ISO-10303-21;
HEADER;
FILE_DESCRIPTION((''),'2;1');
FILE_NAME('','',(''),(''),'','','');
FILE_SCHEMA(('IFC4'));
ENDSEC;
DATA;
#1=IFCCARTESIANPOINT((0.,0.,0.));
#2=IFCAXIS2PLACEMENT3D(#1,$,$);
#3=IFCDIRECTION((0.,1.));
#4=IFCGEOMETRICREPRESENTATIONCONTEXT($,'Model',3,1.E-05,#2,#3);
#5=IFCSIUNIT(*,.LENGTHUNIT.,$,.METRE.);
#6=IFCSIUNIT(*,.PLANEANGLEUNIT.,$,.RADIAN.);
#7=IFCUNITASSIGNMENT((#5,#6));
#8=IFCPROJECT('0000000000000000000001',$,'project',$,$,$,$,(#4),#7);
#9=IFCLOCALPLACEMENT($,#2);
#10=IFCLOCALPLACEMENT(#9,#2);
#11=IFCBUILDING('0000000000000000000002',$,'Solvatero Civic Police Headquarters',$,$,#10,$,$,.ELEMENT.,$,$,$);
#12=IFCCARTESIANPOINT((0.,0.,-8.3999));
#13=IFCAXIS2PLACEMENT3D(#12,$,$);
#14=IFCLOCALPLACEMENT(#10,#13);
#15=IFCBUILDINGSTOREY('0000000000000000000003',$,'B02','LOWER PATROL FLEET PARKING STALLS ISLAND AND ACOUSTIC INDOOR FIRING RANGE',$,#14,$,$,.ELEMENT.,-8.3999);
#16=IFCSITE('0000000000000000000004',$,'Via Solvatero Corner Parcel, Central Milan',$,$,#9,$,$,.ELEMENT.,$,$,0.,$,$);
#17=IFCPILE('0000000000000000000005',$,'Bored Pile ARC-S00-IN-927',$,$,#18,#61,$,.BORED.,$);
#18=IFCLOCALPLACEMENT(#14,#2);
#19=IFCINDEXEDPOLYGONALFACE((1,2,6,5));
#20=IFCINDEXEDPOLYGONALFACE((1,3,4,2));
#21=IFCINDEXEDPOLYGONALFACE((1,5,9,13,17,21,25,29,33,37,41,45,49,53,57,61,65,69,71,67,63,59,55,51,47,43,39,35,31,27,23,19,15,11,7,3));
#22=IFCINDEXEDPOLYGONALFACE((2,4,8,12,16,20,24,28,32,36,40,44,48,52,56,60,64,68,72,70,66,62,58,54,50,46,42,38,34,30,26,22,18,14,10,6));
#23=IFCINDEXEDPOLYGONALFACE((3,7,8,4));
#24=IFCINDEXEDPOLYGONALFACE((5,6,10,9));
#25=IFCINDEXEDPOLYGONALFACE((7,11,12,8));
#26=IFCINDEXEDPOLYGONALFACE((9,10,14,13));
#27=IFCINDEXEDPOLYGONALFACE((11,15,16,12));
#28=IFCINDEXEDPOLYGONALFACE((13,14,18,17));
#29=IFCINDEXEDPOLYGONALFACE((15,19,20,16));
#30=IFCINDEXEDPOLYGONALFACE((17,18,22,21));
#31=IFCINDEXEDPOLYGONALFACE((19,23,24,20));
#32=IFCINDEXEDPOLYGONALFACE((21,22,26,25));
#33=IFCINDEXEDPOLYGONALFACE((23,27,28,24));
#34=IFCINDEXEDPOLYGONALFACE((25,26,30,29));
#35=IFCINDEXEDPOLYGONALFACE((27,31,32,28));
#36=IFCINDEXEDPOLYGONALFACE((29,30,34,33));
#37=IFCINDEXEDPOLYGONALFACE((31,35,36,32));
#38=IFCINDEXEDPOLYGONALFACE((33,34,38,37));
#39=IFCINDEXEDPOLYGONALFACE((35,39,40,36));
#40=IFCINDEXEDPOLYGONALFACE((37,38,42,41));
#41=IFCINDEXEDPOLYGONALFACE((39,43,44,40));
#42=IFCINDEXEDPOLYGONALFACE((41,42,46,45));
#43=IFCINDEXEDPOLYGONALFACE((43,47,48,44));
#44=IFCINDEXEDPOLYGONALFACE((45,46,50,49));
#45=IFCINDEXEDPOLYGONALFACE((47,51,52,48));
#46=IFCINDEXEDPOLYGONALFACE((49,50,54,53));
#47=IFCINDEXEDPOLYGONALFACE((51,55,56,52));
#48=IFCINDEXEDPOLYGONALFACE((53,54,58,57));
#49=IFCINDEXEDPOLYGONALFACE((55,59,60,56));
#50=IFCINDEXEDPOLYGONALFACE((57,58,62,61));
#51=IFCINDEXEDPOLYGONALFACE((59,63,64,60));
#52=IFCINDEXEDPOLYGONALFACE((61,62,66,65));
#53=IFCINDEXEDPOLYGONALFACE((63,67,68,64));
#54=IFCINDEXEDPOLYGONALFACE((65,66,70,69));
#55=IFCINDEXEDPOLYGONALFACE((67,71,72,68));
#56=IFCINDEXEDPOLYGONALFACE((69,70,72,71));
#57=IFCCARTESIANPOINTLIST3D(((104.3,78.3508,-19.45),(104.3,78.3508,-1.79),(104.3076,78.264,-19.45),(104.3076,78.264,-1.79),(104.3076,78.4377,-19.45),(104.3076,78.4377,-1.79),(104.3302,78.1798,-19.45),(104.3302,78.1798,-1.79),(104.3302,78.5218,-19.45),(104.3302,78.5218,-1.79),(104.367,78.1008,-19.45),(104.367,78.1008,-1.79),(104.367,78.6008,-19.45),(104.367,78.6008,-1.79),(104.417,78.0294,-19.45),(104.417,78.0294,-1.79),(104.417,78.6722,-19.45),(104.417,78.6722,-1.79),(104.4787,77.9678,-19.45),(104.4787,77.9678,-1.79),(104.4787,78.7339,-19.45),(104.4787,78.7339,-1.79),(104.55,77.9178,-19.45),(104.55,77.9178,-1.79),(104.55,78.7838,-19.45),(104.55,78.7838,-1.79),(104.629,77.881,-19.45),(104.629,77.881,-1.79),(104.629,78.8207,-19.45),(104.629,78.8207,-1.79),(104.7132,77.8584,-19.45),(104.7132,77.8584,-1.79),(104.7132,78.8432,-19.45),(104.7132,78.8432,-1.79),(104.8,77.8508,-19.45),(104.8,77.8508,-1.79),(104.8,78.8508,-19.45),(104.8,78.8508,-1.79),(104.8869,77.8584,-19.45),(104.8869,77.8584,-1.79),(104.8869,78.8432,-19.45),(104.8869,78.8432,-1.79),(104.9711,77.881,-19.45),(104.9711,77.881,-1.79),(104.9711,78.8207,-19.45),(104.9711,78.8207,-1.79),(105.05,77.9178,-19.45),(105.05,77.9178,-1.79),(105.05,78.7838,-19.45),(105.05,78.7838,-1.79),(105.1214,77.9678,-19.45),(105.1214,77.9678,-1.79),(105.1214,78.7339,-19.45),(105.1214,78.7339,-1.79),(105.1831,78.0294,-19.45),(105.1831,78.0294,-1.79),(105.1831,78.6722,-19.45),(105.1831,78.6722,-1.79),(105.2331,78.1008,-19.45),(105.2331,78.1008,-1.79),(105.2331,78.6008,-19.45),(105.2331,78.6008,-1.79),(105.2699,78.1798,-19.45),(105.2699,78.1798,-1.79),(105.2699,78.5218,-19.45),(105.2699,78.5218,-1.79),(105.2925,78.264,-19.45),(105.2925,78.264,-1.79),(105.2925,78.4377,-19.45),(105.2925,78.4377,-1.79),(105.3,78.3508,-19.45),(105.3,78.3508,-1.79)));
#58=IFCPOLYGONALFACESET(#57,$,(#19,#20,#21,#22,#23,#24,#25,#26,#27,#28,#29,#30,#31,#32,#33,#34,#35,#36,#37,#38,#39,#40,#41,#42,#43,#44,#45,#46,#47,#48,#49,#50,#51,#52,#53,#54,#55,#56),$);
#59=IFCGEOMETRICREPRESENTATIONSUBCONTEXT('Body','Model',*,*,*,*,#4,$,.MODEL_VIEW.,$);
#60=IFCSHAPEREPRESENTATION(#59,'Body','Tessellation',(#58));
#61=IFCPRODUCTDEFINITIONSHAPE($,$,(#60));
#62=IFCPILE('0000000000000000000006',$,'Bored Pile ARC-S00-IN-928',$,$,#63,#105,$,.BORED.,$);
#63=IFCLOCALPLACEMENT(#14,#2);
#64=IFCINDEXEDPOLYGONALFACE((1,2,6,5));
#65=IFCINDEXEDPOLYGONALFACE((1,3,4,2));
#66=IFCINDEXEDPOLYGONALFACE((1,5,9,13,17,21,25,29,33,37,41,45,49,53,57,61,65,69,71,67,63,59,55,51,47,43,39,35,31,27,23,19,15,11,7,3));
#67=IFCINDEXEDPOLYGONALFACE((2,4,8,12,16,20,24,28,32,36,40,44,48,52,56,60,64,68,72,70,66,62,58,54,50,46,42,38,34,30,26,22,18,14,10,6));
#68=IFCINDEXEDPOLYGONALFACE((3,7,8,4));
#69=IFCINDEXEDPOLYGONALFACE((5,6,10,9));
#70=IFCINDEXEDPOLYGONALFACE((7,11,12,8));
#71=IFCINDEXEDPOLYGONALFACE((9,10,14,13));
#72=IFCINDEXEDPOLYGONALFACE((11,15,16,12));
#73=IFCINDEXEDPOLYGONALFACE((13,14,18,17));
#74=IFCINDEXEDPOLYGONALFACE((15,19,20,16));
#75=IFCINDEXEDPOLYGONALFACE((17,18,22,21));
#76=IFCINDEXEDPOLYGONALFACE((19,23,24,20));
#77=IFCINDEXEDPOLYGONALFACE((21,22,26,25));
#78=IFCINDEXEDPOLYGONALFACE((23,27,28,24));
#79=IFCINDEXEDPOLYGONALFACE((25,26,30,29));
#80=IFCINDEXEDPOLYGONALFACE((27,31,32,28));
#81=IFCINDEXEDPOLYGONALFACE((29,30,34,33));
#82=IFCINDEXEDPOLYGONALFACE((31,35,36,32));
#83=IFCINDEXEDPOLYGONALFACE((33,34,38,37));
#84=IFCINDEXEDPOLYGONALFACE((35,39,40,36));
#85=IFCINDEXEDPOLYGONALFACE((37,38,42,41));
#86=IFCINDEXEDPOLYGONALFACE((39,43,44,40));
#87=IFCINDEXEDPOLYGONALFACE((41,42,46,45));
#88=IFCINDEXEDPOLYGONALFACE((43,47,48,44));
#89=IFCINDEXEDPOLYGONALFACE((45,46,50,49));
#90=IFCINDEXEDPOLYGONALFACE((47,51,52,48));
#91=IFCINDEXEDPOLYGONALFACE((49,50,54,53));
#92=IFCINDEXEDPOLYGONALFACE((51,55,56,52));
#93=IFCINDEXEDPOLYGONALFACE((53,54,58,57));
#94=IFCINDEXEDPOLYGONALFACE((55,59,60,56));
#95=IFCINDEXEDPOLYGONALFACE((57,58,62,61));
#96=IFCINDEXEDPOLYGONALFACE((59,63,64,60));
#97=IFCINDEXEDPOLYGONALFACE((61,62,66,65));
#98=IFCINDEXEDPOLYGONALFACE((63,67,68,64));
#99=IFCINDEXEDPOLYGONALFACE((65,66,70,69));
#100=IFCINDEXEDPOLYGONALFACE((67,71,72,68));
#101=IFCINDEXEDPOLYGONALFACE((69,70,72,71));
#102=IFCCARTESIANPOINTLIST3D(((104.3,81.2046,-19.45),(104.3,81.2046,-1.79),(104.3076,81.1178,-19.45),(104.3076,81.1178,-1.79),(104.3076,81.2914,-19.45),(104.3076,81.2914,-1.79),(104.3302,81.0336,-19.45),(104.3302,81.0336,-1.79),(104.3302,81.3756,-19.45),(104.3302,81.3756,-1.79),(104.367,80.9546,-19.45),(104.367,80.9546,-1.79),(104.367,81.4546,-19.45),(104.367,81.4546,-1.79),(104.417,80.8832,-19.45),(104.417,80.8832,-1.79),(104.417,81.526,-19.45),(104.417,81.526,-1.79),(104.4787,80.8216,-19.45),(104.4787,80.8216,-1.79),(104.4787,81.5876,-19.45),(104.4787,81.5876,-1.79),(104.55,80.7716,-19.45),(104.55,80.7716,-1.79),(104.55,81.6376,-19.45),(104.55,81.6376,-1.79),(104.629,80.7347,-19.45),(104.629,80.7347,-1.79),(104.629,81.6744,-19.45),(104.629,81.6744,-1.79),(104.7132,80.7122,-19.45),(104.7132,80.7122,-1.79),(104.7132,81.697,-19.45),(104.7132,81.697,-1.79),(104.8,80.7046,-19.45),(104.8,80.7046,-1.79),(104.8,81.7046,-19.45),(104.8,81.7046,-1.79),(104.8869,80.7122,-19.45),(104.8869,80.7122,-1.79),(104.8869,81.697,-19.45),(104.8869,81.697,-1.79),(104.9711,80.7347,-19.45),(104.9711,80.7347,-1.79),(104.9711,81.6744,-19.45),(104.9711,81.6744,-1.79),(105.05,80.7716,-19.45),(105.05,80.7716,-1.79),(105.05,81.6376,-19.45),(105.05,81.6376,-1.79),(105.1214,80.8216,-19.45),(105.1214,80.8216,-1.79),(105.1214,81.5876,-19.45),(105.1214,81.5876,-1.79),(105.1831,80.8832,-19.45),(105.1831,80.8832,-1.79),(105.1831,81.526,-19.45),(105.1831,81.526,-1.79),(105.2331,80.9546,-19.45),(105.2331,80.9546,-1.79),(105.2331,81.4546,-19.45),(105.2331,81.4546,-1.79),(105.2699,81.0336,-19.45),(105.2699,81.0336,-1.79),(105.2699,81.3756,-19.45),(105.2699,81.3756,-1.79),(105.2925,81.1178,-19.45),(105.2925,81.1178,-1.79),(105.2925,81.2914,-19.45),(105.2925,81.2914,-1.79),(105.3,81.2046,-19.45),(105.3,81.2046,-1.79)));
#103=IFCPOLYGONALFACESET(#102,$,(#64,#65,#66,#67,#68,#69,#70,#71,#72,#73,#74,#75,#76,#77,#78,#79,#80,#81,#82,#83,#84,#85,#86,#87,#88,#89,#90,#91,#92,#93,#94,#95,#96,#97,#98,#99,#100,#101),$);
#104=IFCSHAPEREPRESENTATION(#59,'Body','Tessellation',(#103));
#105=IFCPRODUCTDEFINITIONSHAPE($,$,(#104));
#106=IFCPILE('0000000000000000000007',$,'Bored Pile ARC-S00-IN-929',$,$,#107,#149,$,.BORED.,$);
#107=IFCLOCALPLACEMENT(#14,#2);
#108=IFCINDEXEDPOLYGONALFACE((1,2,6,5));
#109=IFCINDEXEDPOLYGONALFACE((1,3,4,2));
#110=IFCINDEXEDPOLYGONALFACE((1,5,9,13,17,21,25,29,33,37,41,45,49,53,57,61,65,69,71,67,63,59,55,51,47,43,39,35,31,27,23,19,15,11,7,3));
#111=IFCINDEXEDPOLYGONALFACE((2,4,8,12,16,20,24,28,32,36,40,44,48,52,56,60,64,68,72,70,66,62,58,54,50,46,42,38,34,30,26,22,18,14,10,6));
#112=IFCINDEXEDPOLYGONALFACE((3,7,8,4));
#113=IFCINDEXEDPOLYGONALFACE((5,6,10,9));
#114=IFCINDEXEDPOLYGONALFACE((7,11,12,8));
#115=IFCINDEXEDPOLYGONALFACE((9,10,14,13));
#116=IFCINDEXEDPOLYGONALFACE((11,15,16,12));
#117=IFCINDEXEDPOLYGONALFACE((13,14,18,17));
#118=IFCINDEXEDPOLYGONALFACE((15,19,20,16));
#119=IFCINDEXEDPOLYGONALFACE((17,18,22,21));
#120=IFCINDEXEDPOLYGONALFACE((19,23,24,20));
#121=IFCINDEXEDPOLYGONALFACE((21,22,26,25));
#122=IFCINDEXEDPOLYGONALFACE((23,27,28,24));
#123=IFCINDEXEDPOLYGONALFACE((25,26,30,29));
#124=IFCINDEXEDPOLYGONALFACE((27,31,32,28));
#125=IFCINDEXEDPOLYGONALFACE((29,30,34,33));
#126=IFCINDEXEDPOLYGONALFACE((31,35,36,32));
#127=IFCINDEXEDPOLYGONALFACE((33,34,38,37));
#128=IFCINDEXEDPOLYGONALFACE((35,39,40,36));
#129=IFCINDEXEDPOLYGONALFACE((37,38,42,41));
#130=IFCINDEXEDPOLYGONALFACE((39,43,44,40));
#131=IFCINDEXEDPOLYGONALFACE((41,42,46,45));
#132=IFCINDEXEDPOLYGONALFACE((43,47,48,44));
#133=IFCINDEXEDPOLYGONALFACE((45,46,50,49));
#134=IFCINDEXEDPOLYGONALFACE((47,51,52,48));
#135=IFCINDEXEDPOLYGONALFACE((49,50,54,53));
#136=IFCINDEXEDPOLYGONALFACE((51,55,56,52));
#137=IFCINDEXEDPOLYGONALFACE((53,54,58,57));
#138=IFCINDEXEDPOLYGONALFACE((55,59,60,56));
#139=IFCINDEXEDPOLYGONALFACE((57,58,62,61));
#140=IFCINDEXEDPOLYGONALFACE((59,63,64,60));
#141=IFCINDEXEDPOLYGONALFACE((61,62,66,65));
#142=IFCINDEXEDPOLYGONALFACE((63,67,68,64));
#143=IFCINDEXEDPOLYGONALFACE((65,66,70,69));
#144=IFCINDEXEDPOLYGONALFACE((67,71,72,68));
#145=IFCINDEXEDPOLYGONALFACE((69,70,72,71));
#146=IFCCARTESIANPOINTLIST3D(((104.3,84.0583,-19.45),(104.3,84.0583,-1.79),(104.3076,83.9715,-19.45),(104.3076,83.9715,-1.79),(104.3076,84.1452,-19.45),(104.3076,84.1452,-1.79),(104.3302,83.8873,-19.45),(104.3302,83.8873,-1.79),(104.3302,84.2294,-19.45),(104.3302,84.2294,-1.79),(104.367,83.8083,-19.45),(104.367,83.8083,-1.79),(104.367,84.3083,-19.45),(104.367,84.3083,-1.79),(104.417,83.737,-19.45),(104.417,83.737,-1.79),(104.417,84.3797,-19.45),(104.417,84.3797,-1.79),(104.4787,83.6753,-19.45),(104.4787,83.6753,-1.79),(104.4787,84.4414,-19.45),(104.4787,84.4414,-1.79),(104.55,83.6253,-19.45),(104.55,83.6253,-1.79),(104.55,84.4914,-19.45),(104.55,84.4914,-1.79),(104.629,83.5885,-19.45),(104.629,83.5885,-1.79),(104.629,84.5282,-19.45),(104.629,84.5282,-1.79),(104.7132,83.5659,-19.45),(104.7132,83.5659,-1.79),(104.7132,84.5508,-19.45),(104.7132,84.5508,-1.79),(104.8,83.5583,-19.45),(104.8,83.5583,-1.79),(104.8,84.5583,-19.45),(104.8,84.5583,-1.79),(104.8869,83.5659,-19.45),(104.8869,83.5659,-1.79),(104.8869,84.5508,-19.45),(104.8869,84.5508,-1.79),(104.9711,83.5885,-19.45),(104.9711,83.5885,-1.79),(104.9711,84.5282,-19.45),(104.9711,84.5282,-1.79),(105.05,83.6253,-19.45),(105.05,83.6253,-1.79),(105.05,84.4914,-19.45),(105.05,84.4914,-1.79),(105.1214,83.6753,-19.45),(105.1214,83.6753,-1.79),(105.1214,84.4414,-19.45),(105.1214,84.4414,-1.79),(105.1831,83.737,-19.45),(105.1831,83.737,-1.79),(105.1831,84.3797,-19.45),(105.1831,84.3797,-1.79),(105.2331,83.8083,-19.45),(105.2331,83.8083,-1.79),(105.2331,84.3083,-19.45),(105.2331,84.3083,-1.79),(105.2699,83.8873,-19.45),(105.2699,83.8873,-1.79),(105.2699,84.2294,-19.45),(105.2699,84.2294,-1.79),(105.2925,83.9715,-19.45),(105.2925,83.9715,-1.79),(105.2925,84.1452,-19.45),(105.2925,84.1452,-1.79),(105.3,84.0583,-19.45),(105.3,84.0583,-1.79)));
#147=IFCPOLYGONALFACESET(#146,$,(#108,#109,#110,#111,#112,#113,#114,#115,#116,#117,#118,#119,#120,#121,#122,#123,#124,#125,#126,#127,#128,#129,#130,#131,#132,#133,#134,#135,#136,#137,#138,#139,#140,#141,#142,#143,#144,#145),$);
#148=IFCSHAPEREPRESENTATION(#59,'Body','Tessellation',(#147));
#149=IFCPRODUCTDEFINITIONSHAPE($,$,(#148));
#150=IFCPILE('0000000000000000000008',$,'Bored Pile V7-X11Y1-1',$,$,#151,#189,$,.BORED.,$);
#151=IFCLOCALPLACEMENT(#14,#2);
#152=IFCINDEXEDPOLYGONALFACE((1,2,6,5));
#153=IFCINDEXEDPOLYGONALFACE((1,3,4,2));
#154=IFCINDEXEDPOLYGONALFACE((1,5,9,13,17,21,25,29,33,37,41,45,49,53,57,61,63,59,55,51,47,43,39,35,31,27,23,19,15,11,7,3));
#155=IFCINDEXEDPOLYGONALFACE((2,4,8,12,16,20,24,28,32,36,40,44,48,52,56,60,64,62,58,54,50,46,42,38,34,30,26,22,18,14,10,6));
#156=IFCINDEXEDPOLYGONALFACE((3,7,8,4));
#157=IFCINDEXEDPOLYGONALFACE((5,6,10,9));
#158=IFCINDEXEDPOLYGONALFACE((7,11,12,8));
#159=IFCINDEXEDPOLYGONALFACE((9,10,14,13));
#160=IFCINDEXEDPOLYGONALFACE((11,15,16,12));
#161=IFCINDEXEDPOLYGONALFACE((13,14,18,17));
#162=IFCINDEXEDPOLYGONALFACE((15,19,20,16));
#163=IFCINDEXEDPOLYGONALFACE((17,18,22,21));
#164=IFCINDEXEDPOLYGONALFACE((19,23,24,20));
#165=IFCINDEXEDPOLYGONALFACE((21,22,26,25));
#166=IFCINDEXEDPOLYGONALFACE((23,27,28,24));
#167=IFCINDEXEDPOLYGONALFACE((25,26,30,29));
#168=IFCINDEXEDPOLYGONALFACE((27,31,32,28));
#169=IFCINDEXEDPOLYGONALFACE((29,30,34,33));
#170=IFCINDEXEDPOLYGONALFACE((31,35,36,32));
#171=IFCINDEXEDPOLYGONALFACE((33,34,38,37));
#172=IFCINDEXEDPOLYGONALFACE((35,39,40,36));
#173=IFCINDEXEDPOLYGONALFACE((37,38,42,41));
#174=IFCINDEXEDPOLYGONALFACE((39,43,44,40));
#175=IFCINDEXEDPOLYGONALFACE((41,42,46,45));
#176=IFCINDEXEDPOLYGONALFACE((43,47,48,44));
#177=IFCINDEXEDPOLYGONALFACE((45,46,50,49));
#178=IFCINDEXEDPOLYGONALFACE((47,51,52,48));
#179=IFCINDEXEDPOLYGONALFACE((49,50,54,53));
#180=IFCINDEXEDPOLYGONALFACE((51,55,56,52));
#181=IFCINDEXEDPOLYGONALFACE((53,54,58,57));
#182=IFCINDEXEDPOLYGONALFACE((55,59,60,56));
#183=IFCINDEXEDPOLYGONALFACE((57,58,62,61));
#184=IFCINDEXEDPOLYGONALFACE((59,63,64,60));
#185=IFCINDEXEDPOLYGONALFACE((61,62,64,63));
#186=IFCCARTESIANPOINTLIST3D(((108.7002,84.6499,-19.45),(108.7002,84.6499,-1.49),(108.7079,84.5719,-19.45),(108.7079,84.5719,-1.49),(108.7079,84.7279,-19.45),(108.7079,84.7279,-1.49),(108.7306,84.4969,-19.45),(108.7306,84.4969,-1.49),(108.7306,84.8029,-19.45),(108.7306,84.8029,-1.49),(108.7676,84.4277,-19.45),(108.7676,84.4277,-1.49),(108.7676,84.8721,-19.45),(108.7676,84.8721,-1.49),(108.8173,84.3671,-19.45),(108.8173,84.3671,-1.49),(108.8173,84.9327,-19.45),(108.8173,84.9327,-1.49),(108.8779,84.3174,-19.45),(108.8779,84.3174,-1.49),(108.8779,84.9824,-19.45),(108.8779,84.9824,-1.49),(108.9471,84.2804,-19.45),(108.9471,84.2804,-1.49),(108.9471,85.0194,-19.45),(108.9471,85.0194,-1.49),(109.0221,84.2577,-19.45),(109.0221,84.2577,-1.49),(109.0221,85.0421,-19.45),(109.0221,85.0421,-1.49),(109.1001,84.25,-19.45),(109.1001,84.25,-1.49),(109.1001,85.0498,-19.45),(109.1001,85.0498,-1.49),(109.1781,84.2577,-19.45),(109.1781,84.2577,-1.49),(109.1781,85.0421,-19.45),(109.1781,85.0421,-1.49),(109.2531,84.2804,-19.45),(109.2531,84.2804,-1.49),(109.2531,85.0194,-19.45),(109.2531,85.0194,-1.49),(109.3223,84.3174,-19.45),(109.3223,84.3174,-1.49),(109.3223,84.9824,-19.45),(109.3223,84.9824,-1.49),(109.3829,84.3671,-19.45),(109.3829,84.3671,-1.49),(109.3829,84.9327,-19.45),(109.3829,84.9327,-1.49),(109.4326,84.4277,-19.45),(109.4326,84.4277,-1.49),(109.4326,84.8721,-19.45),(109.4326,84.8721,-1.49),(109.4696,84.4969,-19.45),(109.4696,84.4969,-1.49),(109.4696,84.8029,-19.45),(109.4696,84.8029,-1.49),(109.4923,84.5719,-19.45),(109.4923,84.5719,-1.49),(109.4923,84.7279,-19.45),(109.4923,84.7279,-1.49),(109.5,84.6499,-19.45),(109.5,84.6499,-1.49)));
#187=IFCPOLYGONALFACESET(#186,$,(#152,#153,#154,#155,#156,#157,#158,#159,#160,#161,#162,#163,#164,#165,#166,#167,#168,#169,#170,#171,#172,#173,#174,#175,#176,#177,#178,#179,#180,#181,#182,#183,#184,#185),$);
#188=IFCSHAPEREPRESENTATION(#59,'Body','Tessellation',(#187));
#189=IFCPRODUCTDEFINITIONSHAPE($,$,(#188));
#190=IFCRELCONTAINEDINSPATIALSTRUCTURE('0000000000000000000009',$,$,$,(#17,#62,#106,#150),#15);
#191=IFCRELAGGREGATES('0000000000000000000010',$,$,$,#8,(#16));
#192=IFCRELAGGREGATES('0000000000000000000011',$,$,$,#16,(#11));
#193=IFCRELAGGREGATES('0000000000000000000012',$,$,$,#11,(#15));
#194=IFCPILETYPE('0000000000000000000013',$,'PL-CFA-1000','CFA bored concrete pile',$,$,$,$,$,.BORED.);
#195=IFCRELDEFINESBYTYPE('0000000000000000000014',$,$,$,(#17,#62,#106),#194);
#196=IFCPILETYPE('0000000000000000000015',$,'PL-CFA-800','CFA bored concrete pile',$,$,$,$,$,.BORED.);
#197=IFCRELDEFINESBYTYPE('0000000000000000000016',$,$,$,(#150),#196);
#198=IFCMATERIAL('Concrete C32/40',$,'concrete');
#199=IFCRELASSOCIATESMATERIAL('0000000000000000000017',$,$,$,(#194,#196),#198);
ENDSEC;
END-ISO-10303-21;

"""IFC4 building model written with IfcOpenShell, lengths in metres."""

from ifc_helpers import new_model, si_unit, direction, frame, origin, origin_2d, place, context, subcontext, project, spatial, circle, extrude, material, material_profile, profile_set, type_object, element, save


model = new_model("IFC4")

# Units and contexts
model_context = context("Model", 3, precision=1e-05, world=origin(), true_north=direction((0.0, 1.0)))
body_context = subcontext(model_context, "Body", "Model", "MODEL_VIEW")
ifc_project = project(units=[si_unit("LENGTHUNIT", "METRE"), si_unit("PLANEANGLEUNIT", "RADIAN")], contexts=[model_context])

# Site, building, storey
site_placement = place(None, origin())
site = spatial("IfcSite", under=ifc_project, at=site_placement, Name="Via Solvatero Corner Parcel, Central Milan", CompositionType="ELEMENT", RefElevation=0.0)
building_placement = place(site_placement, origin())
building = spatial("IfcBuilding", under=site, at=building_placement, Name="Solvatero Civic Police Headquarters", CompositionType="ELEMENT")
storey_placement = place(building_placement, frame((0.0, 0.0, -8.3999)))
storey = spatial("IfcBuildingStorey", under=building, at=storey_placement, Name="B02", Description="LOWER PATROL FLEET PARKING STALLS ISLAND AND ACOUSTIC INDOOR FIRING RANGE", CompositionType="ELEMENT", Elevation=-8.3999)

# Piles
ifc_material_1 = material(Name="Concrete C32/40", Category="concrete")
ifc_material_profile_1 = material_profile(ifc_material_1, circle(Radius=0.5, at=origin_2d()), Name="CFA PILE D1000")
ifc_profile_set_1 = profile_set([ifc_material_profile_1], Name="Concrete C32/40")
pile_type_1 = type_object("IfcPileType", Name="PL-CFA-1000", Description="CFA bored concrete pile", PredefinedType="BORED", material=ifc_profile_set_1)
for number, where, z_axis, x_axis, name in (
    (1, (104.8, 78.3508, -1.79), (0.0, 0.0, -1.0), (1.0, 0.0, 0.0), "Bored Pile ARC-S00-IN-927"),
    (2, (104.8, 81.2046, -1.79), (0.0, 0.0, -1.0), (1.0, 0.0, 0.0), "Bored Pile ARC-S00-IN-928"),
    (3, (104.8, 84.0583, -1.79), (0.0, 0.0, -1.0), (1.0, 0.0, 0.0), "Bored Pile ARC-S00-IN-929"),
):
    element("IfcPile", number, at=place(storey_placement, frame(where, z_axis=z_axis, x_axis=x_axis)), inside=storey, type_object=pile_type_1, Name=name, PredefinedType="BORED", context=body_context, shape_type="SweptSolid", body=[
        extrude(circle(Radius=0.5, at=origin_2d()), origin(), (0.0, 0.0, 1.0), 17.6599),
    ])
ifc_material_profile_2 = material_profile(ifc_material_1, circle(Radius=0.3999, at=origin_2d()), Name="CFA PILE D800")
ifc_profile_set_2 = profile_set([ifc_material_profile_2], Name="Concrete C32/40")
pile_type_2 = type_object("IfcPileType", Name="PL-CFA-800", Description="CFA bored concrete pile", PredefinedType="BORED", material=ifc_profile_set_2)
for number, where, z_axis, x_axis, name in (
    (4, (109.1001, 84.6499, -1.49), (0.0, 0.0, -1.0), (1.0, 0.0, 0.0), "Bored Pile V7-X11Y1-1"),
):
    element("IfcPile", number, at=place(storey_placement, frame(where, z_axis=z_axis, x_axis=x_axis)), inside=storey, type_object=pile_type_2, Name=name, PredefinedType="BORED", context=body_context, shape_type="SweptSolid", body=[
        extrude(circle(Radius=0.3999, at=origin_2d()), origin(), (0.0, 0.0, 1.0), 17.96),
    ])

save(model, "model.ifc")
